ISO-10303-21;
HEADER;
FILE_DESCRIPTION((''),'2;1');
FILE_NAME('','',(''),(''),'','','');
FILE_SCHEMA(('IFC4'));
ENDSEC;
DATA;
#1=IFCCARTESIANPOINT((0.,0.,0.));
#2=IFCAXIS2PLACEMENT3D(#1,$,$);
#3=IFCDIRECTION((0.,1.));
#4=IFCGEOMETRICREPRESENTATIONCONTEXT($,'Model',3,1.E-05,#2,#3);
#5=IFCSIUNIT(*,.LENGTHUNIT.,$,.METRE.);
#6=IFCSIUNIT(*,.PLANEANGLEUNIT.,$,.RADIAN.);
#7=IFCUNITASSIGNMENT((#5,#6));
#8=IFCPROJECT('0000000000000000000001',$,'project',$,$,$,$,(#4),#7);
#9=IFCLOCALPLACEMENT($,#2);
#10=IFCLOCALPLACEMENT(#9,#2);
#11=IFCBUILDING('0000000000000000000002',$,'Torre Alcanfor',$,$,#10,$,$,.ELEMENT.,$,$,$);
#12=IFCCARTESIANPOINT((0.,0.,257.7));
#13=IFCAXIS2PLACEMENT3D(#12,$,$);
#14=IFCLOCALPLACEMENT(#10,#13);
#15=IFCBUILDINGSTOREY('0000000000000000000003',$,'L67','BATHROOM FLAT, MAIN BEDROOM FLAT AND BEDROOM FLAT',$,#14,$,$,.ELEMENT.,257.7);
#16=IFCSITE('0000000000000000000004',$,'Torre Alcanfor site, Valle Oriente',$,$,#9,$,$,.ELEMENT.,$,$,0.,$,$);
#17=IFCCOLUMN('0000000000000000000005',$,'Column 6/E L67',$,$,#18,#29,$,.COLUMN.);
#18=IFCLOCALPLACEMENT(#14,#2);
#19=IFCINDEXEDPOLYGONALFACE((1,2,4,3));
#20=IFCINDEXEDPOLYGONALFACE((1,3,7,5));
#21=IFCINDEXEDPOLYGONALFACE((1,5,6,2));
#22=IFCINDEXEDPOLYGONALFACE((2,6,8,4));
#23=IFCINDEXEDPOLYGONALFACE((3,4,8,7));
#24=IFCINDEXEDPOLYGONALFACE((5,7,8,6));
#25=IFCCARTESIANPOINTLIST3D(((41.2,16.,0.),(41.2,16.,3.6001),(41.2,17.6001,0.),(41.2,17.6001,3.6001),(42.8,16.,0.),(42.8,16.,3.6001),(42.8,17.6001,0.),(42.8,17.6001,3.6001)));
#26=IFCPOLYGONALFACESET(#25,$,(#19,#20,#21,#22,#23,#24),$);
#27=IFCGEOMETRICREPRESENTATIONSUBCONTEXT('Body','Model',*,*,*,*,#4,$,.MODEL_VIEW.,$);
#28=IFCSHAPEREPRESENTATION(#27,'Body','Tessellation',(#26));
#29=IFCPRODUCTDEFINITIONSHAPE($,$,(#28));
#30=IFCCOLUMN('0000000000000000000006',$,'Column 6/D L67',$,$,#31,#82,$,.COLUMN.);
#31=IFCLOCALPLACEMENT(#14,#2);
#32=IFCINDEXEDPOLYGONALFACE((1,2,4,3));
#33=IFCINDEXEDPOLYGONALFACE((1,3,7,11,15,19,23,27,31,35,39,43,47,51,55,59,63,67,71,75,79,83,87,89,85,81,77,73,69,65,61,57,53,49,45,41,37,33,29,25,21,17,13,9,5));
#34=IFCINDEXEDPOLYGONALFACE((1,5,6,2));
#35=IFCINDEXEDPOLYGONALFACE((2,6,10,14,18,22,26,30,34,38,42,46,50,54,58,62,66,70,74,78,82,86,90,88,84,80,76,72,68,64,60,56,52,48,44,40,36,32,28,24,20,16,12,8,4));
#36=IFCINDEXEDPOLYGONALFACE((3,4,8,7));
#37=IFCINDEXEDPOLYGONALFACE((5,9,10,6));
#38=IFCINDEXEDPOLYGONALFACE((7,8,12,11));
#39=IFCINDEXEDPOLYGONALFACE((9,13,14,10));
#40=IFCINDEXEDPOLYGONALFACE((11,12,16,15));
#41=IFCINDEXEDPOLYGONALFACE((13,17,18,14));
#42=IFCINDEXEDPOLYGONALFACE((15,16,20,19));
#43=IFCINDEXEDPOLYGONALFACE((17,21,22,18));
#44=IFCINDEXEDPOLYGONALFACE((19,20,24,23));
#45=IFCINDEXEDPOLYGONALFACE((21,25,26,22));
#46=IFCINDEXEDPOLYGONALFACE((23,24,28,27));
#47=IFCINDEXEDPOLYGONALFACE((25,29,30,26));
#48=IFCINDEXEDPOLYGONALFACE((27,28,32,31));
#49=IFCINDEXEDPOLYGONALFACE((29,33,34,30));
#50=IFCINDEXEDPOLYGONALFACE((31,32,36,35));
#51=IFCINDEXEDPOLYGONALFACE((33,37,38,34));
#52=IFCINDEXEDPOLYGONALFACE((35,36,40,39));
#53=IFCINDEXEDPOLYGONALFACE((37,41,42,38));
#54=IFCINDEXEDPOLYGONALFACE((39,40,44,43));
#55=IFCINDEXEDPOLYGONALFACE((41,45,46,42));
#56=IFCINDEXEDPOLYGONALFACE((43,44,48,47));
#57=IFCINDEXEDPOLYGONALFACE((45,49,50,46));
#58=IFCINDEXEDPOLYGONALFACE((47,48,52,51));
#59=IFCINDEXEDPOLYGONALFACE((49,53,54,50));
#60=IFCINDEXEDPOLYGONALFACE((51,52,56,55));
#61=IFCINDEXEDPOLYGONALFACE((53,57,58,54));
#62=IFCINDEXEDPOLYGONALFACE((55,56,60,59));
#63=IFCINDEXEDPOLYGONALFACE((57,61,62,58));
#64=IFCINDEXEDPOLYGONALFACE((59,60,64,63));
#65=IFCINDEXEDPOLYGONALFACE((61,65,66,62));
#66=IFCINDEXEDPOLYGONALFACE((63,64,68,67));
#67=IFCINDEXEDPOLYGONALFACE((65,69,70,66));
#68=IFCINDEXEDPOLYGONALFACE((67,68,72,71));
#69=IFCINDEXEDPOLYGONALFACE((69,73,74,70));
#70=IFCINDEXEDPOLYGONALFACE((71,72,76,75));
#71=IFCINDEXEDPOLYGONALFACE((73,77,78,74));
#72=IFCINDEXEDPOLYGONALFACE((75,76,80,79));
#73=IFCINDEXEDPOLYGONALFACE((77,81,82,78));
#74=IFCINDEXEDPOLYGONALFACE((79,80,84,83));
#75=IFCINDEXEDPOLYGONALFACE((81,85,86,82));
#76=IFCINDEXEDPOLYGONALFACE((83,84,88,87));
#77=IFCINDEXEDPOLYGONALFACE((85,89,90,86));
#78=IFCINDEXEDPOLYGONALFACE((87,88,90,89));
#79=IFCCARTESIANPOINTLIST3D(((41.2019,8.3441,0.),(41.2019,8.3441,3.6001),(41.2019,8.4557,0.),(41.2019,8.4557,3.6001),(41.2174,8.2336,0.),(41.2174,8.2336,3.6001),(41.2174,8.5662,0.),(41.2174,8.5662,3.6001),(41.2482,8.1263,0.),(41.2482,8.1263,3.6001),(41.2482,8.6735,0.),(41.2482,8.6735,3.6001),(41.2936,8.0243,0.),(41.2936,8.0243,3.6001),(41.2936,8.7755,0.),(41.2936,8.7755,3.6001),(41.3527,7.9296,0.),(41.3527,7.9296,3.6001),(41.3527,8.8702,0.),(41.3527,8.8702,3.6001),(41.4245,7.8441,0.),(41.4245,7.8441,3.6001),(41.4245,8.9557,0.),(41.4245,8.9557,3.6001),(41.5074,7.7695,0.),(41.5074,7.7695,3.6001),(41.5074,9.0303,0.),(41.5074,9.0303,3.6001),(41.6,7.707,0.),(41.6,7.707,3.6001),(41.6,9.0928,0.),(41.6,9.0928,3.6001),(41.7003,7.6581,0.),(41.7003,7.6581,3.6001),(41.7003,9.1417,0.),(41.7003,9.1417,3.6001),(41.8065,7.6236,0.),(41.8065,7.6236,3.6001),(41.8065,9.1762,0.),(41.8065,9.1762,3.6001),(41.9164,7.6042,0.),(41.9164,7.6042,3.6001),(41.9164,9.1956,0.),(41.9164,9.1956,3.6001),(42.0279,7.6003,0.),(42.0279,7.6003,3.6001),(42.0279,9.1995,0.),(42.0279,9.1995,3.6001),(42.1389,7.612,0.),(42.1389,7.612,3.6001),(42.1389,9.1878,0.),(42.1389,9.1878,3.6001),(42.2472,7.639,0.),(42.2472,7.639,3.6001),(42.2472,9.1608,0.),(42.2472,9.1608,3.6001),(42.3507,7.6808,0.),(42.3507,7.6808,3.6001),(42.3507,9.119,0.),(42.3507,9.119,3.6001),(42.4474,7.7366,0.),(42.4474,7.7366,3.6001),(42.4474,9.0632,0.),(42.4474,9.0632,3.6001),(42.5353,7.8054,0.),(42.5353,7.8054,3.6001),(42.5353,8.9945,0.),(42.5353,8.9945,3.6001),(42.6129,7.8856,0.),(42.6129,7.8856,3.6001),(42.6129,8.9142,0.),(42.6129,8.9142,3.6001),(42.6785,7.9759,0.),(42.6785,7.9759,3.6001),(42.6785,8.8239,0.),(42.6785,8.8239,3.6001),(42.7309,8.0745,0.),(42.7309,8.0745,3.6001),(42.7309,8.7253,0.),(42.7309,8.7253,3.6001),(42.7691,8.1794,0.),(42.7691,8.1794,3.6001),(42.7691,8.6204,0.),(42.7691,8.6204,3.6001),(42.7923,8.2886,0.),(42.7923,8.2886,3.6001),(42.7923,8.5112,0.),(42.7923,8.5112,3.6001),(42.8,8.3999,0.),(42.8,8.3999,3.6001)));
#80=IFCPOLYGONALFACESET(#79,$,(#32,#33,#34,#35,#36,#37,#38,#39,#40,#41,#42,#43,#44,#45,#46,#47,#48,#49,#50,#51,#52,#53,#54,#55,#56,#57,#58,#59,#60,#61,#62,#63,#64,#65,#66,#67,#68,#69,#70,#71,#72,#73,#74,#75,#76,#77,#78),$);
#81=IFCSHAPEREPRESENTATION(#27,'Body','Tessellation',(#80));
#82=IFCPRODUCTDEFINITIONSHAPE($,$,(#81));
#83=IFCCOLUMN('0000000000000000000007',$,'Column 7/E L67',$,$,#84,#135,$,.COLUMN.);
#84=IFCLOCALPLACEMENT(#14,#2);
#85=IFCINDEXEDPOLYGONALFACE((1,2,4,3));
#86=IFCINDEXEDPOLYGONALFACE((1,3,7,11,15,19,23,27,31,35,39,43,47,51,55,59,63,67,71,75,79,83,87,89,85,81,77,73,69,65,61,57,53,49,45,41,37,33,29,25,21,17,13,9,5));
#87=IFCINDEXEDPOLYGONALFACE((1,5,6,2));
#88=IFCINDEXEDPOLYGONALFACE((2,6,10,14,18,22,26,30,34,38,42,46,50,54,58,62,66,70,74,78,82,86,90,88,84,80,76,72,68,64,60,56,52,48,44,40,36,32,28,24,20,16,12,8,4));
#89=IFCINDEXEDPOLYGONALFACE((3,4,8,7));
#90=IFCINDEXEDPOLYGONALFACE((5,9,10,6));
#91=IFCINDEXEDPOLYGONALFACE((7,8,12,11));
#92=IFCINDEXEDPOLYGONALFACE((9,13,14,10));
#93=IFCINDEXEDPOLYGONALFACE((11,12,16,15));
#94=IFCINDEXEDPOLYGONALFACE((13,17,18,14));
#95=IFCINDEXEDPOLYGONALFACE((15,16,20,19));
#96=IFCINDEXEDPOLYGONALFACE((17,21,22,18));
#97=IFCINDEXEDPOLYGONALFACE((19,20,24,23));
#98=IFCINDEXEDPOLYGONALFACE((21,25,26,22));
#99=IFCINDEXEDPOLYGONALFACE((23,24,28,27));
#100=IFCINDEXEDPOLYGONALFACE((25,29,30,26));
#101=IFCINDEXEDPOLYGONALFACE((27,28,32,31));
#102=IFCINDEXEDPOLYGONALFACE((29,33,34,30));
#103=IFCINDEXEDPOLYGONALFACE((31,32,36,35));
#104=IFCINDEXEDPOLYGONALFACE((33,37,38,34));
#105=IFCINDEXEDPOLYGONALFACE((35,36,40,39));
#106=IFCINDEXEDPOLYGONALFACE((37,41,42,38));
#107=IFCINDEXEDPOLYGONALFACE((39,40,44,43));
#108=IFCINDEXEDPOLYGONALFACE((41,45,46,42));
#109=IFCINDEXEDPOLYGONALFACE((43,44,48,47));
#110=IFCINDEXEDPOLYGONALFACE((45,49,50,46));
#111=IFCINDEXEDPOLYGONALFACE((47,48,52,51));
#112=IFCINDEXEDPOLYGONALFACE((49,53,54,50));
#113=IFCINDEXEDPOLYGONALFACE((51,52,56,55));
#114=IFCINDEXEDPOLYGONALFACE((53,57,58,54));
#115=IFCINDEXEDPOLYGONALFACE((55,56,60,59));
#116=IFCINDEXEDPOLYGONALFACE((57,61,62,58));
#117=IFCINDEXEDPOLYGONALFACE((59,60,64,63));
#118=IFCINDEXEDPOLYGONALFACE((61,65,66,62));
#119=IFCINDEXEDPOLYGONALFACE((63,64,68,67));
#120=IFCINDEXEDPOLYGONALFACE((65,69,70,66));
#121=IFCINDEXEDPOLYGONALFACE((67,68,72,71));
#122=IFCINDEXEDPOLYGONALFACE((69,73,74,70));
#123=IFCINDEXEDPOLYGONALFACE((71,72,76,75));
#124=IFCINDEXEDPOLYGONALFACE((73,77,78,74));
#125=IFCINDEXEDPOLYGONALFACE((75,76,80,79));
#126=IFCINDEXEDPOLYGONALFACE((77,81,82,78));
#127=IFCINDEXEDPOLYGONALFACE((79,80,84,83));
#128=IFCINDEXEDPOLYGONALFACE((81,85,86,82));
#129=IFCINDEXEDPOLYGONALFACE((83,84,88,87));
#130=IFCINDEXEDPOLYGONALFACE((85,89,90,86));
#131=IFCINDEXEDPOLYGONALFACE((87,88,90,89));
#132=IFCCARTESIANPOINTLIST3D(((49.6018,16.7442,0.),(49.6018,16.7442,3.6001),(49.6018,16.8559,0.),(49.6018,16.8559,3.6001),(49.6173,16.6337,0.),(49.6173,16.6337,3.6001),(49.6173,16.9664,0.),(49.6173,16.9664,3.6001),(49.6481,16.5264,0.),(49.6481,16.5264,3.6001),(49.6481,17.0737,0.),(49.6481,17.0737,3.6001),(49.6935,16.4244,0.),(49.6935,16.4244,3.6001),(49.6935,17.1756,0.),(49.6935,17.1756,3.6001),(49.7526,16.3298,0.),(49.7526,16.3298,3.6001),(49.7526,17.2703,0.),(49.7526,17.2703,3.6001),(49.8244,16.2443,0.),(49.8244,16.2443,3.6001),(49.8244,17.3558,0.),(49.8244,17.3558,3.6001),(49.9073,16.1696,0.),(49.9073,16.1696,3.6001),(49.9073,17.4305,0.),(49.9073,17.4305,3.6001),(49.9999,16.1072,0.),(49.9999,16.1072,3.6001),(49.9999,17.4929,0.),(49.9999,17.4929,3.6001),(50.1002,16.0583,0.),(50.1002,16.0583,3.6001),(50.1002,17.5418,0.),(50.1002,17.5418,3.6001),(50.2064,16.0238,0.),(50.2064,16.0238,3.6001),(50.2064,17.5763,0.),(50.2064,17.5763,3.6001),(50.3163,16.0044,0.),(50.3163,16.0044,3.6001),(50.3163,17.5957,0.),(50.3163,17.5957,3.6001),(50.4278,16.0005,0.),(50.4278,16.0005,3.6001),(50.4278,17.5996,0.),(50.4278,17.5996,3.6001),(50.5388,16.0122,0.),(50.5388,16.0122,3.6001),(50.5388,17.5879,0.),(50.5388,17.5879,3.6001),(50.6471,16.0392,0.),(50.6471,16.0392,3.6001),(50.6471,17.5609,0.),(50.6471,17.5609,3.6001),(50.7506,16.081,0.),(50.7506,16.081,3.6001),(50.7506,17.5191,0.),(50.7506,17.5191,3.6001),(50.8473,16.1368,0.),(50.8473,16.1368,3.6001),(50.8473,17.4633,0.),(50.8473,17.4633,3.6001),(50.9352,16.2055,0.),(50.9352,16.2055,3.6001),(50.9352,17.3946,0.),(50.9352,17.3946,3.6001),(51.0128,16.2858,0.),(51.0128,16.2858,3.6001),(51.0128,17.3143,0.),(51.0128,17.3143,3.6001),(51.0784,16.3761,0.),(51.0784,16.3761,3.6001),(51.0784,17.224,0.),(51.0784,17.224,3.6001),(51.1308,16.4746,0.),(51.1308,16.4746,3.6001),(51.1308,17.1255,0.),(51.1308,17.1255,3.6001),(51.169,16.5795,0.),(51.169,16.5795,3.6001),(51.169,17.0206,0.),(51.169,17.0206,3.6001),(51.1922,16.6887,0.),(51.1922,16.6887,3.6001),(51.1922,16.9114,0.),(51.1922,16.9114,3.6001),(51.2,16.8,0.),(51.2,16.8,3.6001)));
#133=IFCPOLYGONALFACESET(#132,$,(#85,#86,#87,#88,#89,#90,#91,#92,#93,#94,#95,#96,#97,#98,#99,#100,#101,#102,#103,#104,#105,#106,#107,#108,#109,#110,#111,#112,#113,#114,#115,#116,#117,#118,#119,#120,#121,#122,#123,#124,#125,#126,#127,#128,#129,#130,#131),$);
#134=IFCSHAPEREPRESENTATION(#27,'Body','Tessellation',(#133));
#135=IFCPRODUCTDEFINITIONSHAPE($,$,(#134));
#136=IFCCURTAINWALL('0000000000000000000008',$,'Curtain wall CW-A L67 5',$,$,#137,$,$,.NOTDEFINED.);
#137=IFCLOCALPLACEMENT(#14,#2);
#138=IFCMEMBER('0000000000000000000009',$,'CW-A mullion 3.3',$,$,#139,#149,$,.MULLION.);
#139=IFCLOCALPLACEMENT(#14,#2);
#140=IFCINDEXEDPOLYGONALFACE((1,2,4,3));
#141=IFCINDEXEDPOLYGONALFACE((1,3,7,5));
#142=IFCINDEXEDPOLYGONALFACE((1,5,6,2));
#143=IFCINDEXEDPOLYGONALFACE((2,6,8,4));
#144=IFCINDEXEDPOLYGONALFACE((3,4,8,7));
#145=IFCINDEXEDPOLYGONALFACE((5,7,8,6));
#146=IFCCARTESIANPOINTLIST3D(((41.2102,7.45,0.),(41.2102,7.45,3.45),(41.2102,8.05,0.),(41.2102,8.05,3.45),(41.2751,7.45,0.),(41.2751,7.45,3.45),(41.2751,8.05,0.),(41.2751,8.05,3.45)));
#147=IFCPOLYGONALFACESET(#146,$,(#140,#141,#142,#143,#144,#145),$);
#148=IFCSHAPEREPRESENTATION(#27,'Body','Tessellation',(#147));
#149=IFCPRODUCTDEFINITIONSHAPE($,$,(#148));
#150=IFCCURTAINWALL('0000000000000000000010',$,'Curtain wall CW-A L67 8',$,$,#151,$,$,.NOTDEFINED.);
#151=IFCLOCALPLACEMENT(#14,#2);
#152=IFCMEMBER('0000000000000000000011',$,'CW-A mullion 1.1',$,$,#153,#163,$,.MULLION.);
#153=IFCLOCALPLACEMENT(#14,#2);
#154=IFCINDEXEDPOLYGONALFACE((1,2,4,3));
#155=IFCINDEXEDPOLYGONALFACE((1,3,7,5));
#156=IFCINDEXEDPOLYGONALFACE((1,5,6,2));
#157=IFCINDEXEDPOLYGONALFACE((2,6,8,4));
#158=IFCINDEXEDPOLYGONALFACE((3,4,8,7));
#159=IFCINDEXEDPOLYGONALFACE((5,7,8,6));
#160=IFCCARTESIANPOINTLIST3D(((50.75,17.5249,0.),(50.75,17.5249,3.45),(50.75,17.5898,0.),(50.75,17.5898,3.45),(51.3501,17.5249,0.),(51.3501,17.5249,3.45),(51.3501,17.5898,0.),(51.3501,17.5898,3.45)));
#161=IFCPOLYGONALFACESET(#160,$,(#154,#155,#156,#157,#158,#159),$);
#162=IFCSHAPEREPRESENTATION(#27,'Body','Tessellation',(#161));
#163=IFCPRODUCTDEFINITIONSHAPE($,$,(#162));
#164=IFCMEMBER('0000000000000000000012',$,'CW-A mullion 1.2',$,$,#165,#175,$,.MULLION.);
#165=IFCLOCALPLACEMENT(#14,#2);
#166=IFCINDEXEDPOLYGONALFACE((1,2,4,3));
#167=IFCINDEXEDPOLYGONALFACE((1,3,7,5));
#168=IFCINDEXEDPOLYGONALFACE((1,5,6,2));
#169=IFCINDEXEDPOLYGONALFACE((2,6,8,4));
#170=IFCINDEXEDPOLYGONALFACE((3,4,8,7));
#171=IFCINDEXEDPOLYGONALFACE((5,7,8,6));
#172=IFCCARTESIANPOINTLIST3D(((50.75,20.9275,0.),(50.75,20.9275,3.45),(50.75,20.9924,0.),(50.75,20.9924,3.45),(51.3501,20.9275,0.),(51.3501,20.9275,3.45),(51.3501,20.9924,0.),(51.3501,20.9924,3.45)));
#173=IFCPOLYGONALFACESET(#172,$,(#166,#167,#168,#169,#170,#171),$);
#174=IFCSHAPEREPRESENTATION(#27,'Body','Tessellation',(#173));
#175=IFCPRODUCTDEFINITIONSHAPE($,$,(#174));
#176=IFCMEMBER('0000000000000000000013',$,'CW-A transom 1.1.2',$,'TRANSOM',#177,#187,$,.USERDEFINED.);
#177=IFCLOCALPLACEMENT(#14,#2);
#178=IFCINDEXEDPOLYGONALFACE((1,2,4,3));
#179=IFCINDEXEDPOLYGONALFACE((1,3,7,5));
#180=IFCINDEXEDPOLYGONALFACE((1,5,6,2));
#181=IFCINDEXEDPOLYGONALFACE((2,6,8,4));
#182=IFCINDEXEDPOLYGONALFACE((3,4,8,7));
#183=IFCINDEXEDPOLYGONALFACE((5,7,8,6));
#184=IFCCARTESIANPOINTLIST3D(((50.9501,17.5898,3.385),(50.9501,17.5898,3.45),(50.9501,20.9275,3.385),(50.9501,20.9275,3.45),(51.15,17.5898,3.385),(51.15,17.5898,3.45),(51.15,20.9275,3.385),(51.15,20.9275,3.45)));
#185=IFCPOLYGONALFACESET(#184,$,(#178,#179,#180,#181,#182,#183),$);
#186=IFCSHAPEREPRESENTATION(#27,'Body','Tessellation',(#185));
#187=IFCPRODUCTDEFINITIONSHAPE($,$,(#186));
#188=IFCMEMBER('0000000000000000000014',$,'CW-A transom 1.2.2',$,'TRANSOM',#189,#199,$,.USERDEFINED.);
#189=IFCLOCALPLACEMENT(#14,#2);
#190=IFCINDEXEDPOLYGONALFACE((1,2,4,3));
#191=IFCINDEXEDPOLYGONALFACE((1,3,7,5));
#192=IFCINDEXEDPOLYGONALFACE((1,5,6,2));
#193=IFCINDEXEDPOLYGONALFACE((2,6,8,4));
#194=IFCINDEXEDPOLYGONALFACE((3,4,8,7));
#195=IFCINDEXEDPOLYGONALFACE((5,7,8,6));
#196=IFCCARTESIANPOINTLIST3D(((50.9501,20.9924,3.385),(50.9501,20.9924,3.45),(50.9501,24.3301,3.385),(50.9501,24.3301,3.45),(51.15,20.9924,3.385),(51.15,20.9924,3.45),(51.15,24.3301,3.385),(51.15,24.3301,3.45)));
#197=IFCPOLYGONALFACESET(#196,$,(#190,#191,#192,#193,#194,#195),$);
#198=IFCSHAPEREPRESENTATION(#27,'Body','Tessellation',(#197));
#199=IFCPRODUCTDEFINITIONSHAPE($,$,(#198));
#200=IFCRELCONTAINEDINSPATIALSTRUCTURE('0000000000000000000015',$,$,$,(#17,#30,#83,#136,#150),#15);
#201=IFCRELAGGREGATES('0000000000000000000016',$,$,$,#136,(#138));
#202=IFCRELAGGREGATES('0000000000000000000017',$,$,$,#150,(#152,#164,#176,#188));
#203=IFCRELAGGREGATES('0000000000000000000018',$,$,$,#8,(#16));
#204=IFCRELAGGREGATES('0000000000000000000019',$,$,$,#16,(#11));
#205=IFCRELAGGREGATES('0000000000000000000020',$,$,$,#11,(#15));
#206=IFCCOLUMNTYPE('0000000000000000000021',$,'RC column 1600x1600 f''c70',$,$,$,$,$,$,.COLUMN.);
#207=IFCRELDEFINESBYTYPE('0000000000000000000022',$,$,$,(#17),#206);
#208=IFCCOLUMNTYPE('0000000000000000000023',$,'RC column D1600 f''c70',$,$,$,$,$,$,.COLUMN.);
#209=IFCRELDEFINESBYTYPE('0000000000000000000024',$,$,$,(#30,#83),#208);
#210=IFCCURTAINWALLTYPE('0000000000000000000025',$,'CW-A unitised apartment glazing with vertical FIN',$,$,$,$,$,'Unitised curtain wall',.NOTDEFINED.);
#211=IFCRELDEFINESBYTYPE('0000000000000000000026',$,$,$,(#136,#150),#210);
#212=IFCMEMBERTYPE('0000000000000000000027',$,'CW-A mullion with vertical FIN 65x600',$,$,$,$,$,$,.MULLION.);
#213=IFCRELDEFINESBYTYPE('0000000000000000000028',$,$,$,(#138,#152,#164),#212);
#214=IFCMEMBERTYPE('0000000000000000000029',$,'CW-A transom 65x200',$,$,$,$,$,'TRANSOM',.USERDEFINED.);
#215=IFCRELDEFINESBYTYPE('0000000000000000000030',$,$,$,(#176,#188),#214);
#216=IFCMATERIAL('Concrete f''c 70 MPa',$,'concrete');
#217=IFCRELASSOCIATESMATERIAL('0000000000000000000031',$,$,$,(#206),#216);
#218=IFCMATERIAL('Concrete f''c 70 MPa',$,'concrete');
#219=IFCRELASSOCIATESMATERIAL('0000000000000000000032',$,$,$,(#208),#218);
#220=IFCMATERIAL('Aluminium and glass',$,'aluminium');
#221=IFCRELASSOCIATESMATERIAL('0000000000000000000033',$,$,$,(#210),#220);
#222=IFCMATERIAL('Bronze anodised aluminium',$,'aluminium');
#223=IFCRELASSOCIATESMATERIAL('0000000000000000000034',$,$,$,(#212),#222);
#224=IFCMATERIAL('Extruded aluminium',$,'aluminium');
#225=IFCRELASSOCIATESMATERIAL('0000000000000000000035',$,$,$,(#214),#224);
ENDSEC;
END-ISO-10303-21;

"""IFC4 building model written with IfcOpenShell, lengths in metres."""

from ifc_helpers import new_model, si_unit, direction, frame, origin, origin_2d, place, context, subcontext, project, spatial, rectangle, circle, extrude, material, material_profile, profile_set, type_object, element, aggregate, save


model = new_model("IFC4")

# Units and contexts
model_context = context("Model", 3, precision=1e-05, world=origin(), true_north=direction((0.0, 1.0)))
body_context = subcontext(model_context, "Body", "Model", "MODEL_VIEW")
ifc_project = project(units=[si_unit("LENGTHUNIT", "METRE"), si_unit("PLANEANGLEUNIT", "RADIAN")], contexts=[model_context])

# Site, building, storey
site_placement = place(None, origin())
site = spatial("IfcSite", under=ifc_project, at=site_placement, Name="Torre Alcanfor site, Valle Oriente", CompositionType="ELEMENT", RefElevation=0.0)
building_placement = place(site_placement, origin())
building = spatial("IfcBuilding", under=site, at=building_placement, Name="Torre Alcanfor", CompositionType="ELEMENT")
storey_placement = place(building_placement, frame((0.0, 0.0, 257.7)))
storey = spatial("IfcBuildingStorey", under=building, at=storey_placement, Name="L67", Description="BATHROOM FLAT, MAIN BEDROOM FLAT AND BEDROOM FLAT", CompositionType="ELEMENT", Elevation=257.7)

# Columns
ifc_material_1 = material(Name="Concrete f'c 70 MPa", Category="concrete")
ifc_material_profile_1 = material_profile(ifc_material_1, rectangle(XDim=1.6001, YDim=1.6001, at=origin_2d()), Name="1600x1600")
ifc_profile_set_1 = profile_set([ifc_material_profile_1], Name="Concrete f'c 70 MPa")
column_type_1 = type_object("IfcColumnType", Name="RC column 1600x1600 f'c70", PredefinedType="COLUMN", material=ifc_profile_set_1)
column_placement = place(storey_placement, frame((42.0, 16.8, 0.0), z_axis=(0.0, 0.0, 1.0), x_axis=(1.0, 0.0, 0.0)))
element("IfcColumn", 1, at=column_placement, inside=storey, type_object=column_type_1, Name="Column 6/E L67", PredefinedType="COLUMN", context=body_context, shape_type="SweptSolid", body=[
    extrude(rectangle(XDim=1.6001, YDim=1.6001, at=origin_2d()), origin(), (0.0, 0.0, 1.0), 3.6001),
])
ifc_material_2 = material(Name="Concrete f'c 70 MPa", Category="concrete")
ifc_material_profile_2 = material_profile(ifc_material_2, circle(Radius=0.8, at=origin_2d()), Name="D1600")
ifc_profile_set_2 = profile_set([ifc_material_profile_2], Name="Concrete f'c 70 MPa")
column_type_2 = type_object("IfcColumnType", Name="RC column D1600 f'c70", PredefinedType="COLUMN", material=ifc_profile_set_2)
for number, where, z_axis, x_axis, name in (
    (2, (42.0, 8.3999, 0.0), (0.0, 0.0, 1.0), (1.0, 0.0, 0.0), "Column 6/D L67"),
    (3, (50.3999, 16.8, 0.0), (0.0, 0.0, 1.0), (1.0, 0.0, 0.0), "Column 7/E L67"),
):
    element("IfcColumn", number, at=place(storey_placement, frame(where, z_axis=z_axis, x_axis=x_axis)), inside=storey, type_object=column_type_2, Name=name, PredefinedType="COLUMN", context=body_context, shape_type="SweptSolid", body=[
        extrude(circle(Radius=0.8, at=origin_2d()), origin(), (0.0, 0.0, 1.0), 3.6001),
    ])

# Curtain wall, member
ifc_material_3 = material(Name="Aluminium and glass", Category="aluminium")
curtain_wall_type = type_object("IfcCurtainWallType", Name="CW-A unitised apartment glazing with vertical FIN", ElementType="Unitised curtain wall", PredefinedType="NOTDEFINED", material=ifc_material_3)
curtain_wall_1_placement = place(storey_placement, origin())
curtain_wall_1 = element("IfcCurtainWall", 4, at=curtain_wall_1_placement, inside=storey, type_object=curtain_wall_type, Name="Curtain wall CW-A L67 5", PredefinedType="NOTDEFINED")
ifc_material_4 = material(Name="Bronze anodised aluminium", Category="aluminium")
ifc_material_profile_3 = material_profile(ifc_material_4, rectangle(XDim=0.6001, YDim=0.0649, at=origin_2d()), Name="CW-A mullion 65x600")
ifc_profile_set_3 = profile_set([ifc_material_profile_3], Name="Bronze anodised aluminium")
member_type_1 = type_object("IfcMemberType", Name="CW-A mullion with vertical FIN 65x600", PredefinedType="MULLION", material=ifc_profile_set_3)
member_1_placement = place(storey_placement, frame((41.2427, 7.75, 0.0), z_axis=(0.0, 0.0, 1.0), x_axis=(0.0, 1.0, 0.0)))
member_1 = element("IfcMember", 5, at=member_1_placement, type_object=member_type_1, Name="CW-A mullion 3.3", PredefinedType="MULLION", context=body_context, shape_type="SweptSolid", body=[
    extrude(rectangle(XDim=0.6001, YDim=0.0649, at=origin_2d()), origin(), (0.0, 0.0, 1.0), 3.45),
])
aggregate(curtain_wall_1, [member_1])

# Curtain wall, members
curtain_wall_2_placement = place(storey_placement, origin())
curtain_wall_2 = element("IfcCurtainWall", 6, at=curtain_wall_2_placement, inside=storey, type_object=curtain_wall_type, Name="Curtain wall CW-A L67 8", PredefinedType="NOTDEFINED")
member_2_placement = place(storey_placement, frame((51.05, 17.5574, 0.0), z_axis=(0.0, 0.0, 1.0), x_axis=(-1.0, 0.0, 0.0)))
member_2 = element("IfcMember", 7, at=member_2_placement, type_object=member_type_1, Name="CW-A mullion 1.1", PredefinedType="MULLION", context=body_context, shape_type="SweptSolid", body=[
    extrude(rectangle(XDim=0.6001, YDim=0.0649, at=origin_2d()), origin(), (0.0, 0.0, 1.0), 3.45),
])
member_3_placement = place(storey_placement, frame((51.05, 20.96, 0.0), z_axis=(0.0, 0.0, 1.0), x_axis=(-1.0, 0.0, 0.0)))
member_3 = element("IfcMember", 8, at=member_3_placement, type_object=member_type_1, Name="CW-A mullion 1.2", PredefinedType="MULLION", context=body_context, shape_type="SweptSolid", body=[
    extrude(rectangle(XDim=0.6001, YDim=0.0649, at=origin_2d()), origin(), (0.0, 0.0, 1.0), 3.45),
])
ifc_material_5 = material(Name="Extruded aluminium", Category="aluminium")
ifc_material_profile_4 = material_profile(ifc_material_5, rectangle(XDim=0.2, YDim=0.0649, at=origin_2d()), Name="CW-A transom 200x65")
ifc_profile_set_4 = profile_set([ifc_material_profile_4], Name="Extruded aluminium")
member_type_2 = type_object("IfcMemberType", Name="CW-A transom 65x200", ElementType="TRANSOM", PredefinedType="USERDEFINED", material=ifc_profile_set_4)
member_4_placement = place(storey_placement, frame((51.05, 17.5898, 3.4175), z_axis=(0.0, 1.0, 0.0), x_axis=(-1.0, 0.0, 0.0)))
member_4 = element("IfcMember", 9, at=member_4_placement, type_object=member_type_2, Name="CW-A transom 1.1.2", ObjectType="TRANSOM", PredefinedType="USERDEFINED", context=body_context, shape_type="SweptSolid", body=[
    extrude(rectangle(XDim=0.2, YDim=0.0649, at=origin_2d()), origin(), (0.0, 0.0, 1.0), 3.3376),
])
member_5_placement = place(storey_placement, frame((51.05, 20.9924, 3.4175), z_axis=(0.0, 1.0, 0.0), x_axis=(-1.0, 0.0, 0.0)))
member_5 = element("IfcMember", 10, at=member_5_placement, type_object=member_type_2, Name="CW-A transom 1.2.2", ObjectType="TRANSOM", PredefinedType="USERDEFINED", context=body_context, shape_type="SweptSolid", body=[
    extrude(rectangle(XDim=0.2, YDim=0.0649, at=origin_2d()), origin(), (0.0, 0.0, 1.0), 3.3376),
])

aggregate(curtain_wall_2, [member_2, member_3, member_4, member_5])

save(model, "model.ifc")
